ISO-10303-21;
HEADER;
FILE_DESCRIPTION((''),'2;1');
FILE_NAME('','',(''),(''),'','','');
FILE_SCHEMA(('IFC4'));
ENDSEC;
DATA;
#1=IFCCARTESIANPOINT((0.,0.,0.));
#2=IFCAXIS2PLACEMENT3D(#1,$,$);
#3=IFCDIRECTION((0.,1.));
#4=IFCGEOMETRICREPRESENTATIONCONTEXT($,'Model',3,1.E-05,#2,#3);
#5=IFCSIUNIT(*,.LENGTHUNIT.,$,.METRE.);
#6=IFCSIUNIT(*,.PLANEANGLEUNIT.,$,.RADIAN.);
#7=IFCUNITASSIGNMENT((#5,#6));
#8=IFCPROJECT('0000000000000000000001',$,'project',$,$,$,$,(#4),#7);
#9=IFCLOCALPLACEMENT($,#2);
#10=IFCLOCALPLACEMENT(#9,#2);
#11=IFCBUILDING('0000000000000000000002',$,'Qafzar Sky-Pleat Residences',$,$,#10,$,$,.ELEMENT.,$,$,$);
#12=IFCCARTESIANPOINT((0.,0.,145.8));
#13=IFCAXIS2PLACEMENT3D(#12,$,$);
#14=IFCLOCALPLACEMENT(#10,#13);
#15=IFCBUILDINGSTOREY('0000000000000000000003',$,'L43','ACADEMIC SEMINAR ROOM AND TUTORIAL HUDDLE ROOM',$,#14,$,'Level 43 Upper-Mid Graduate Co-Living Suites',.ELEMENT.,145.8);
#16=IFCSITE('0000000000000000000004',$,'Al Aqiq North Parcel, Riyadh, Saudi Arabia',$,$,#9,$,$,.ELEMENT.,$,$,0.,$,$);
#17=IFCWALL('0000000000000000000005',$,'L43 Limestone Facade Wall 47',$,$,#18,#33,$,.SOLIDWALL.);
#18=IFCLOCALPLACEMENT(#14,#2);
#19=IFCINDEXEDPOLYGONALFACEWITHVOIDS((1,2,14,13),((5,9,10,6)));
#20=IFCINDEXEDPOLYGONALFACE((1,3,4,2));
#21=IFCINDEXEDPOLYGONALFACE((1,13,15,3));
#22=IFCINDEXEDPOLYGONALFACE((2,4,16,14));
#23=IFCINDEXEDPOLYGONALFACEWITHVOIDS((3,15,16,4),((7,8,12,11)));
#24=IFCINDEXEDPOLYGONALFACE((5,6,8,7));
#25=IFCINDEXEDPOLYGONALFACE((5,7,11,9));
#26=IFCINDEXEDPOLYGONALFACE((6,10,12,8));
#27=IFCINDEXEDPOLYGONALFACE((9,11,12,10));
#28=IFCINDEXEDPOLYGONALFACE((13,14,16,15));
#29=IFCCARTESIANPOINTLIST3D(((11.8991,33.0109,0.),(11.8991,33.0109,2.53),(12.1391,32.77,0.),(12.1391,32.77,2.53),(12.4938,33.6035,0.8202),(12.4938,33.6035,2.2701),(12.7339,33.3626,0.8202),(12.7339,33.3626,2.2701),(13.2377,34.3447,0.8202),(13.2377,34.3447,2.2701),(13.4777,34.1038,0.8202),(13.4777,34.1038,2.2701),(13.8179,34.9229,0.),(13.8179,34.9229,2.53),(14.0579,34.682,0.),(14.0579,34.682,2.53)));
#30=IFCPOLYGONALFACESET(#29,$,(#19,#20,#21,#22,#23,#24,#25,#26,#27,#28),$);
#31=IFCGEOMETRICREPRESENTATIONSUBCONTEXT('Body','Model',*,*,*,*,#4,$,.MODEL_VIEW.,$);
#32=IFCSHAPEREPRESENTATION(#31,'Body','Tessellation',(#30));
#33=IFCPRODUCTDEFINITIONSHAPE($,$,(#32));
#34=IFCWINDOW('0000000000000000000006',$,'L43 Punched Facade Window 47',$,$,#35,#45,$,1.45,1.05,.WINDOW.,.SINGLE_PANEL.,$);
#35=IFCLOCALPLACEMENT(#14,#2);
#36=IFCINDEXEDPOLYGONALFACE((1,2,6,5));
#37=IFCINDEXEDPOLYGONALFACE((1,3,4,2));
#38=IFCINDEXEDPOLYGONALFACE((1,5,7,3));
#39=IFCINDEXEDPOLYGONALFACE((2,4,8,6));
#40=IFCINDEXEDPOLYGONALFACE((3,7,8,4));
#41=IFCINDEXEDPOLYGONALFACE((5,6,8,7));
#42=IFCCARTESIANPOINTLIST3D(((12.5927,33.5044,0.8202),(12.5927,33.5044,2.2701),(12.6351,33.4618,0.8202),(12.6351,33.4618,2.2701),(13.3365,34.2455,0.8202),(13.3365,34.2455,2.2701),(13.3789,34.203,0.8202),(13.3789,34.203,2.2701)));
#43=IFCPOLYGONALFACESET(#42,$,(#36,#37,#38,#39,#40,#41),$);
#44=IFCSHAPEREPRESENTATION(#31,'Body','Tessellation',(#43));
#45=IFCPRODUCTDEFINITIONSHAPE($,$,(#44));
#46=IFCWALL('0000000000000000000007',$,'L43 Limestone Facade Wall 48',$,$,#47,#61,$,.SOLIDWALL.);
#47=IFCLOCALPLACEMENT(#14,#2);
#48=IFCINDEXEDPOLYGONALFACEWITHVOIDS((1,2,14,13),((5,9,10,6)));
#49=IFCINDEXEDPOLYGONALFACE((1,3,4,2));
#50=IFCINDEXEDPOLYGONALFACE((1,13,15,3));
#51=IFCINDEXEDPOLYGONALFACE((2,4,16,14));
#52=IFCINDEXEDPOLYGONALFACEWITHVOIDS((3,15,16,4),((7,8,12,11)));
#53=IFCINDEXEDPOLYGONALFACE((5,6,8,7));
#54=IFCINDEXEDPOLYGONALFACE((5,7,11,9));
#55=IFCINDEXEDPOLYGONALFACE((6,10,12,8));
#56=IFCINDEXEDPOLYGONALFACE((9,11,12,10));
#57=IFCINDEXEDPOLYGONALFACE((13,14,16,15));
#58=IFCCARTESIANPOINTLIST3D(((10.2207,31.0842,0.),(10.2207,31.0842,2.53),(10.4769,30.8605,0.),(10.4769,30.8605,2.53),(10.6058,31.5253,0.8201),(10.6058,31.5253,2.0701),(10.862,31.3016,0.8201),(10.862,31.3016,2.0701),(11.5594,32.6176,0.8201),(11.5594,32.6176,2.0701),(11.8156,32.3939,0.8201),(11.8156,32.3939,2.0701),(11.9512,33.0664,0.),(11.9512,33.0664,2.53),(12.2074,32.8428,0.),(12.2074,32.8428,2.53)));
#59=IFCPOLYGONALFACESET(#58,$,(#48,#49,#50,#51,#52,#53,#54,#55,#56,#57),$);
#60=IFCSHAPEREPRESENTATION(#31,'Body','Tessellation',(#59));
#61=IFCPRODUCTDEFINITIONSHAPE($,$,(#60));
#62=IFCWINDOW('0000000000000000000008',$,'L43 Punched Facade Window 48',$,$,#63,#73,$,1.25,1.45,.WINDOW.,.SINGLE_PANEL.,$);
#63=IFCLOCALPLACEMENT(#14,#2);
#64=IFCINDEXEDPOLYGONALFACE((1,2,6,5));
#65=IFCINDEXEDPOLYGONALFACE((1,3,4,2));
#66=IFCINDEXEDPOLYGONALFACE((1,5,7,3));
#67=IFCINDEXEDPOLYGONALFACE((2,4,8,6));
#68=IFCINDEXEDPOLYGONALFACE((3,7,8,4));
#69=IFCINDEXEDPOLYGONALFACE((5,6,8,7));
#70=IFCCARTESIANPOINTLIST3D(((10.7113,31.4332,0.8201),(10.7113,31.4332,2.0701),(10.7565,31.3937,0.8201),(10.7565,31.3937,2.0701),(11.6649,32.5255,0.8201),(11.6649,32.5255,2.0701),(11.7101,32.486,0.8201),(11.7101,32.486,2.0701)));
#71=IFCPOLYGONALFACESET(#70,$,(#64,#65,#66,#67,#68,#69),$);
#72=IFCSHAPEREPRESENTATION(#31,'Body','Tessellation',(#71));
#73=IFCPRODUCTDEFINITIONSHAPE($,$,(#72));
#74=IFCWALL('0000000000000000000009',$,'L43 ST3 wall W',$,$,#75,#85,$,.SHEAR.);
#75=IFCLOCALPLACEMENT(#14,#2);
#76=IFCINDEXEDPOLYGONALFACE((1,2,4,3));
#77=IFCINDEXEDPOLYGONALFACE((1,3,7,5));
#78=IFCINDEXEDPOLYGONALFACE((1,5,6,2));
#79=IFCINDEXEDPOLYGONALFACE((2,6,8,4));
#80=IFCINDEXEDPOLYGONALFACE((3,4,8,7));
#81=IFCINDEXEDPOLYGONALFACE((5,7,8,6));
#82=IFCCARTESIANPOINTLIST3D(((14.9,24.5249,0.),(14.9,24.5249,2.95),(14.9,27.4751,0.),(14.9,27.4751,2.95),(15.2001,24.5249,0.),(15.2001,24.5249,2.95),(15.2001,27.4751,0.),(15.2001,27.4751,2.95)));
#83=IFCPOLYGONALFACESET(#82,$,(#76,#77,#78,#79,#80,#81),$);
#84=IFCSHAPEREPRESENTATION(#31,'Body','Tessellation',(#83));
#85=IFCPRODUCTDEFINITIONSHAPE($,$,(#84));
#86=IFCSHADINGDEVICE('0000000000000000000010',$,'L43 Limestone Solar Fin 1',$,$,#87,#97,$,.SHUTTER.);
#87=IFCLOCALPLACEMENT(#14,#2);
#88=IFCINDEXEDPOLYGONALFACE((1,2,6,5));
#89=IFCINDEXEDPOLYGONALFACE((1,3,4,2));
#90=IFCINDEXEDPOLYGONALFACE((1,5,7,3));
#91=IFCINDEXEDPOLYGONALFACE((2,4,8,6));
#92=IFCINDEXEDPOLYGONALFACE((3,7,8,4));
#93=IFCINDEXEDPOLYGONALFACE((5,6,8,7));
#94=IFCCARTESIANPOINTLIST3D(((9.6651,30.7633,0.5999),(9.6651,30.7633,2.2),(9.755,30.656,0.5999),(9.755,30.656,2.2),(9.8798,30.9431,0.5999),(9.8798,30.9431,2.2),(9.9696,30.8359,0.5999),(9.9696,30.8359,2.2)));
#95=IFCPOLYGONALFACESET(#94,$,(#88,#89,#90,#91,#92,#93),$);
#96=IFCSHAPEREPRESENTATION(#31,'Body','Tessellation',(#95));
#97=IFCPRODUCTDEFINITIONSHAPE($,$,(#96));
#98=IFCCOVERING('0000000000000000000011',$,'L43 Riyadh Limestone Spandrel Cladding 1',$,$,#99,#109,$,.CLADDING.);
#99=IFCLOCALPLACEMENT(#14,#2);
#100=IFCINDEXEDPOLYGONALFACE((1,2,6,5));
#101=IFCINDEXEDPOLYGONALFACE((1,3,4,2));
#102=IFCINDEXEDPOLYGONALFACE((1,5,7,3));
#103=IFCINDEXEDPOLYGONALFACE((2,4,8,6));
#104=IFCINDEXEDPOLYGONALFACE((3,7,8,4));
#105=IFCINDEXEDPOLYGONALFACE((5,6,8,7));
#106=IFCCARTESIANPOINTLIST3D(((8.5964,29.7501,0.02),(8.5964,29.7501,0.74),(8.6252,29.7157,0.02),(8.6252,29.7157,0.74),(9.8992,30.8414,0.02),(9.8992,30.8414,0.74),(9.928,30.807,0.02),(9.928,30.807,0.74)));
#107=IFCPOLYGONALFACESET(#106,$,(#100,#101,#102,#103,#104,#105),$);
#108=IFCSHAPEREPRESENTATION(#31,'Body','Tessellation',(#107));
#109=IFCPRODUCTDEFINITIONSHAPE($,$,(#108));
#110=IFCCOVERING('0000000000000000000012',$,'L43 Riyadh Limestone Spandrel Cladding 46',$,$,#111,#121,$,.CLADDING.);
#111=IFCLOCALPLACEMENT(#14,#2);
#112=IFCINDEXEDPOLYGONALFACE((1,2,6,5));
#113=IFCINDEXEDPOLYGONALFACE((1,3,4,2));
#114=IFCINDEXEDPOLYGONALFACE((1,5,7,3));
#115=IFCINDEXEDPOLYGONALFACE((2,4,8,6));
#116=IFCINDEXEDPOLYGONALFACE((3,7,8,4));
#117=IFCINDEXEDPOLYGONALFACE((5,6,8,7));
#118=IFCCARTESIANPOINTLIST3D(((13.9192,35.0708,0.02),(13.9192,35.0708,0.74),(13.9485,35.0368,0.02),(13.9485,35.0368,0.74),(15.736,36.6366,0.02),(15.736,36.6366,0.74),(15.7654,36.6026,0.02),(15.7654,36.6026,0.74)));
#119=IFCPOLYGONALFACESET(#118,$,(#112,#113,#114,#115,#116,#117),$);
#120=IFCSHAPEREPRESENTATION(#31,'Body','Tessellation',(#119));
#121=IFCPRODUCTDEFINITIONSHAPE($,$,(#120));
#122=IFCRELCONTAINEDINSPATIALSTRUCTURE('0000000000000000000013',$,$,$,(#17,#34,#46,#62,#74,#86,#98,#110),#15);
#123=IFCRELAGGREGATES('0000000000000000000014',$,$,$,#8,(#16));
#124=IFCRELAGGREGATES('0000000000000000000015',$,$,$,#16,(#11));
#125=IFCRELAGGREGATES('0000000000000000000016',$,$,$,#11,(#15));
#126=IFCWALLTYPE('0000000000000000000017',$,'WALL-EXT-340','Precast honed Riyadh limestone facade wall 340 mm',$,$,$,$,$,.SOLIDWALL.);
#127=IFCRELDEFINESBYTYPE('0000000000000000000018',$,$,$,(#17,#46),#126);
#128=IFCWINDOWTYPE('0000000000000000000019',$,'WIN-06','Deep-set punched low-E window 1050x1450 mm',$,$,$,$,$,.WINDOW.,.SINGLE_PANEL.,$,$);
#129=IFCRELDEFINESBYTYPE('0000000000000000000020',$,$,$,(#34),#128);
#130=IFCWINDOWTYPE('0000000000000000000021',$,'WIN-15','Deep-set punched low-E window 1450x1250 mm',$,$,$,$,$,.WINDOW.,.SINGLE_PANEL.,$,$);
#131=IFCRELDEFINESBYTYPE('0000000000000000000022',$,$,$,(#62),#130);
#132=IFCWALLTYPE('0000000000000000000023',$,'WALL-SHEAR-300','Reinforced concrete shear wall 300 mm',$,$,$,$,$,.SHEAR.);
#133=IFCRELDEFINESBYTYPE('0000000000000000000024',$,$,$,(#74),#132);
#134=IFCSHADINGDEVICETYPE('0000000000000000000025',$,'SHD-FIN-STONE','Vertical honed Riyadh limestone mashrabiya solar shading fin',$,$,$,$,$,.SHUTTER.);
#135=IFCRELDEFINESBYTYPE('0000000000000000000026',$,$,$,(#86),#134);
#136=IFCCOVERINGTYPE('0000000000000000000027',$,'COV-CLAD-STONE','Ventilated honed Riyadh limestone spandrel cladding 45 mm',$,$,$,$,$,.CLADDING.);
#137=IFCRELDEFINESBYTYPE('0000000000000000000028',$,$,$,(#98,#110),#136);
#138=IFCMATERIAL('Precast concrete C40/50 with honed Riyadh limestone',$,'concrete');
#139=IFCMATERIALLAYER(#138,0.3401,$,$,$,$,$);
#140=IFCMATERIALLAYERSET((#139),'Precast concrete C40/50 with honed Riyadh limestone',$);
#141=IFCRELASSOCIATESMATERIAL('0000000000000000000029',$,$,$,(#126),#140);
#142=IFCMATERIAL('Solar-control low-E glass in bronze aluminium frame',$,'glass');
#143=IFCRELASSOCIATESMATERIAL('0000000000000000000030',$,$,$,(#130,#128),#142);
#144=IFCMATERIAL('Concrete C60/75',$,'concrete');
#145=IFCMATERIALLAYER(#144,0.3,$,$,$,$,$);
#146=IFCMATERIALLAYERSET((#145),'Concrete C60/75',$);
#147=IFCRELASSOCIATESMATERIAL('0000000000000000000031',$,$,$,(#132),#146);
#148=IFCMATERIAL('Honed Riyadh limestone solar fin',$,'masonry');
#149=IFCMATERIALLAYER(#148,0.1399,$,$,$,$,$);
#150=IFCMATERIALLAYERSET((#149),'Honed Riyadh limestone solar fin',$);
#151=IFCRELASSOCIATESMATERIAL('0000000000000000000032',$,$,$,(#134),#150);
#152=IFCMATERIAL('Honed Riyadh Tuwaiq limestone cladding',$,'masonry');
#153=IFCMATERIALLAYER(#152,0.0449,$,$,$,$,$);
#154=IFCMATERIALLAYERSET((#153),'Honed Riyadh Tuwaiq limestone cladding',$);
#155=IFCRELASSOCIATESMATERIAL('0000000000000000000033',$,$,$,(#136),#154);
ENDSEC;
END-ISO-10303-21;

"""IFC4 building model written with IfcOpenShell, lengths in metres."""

from ifc_helpers import new_model, si_unit, direction, frame, frame_2d, origin, origin_2d, place, context, subcontext, project, spatial, rectangle, extrude, source, transform, mapped, material, layer, layer_set, type_object, element, fill, save


model = new_model("IFC4")

# Units and contexts
model_context = context("Model", 3, precision=1e-05, world=origin(), true_north=direction((0.0, 1.0)))
body_context = subcontext(model_context, "Body", "Model", "MODEL_VIEW")
ifc_project = project(units=[si_unit("LENGTHUNIT", "METRE"), si_unit("PLANEANGLEUNIT", "RADIAN")], contexts=[model_context])

# Site, building, storey
site_placement = place(None, origin())
site = spatial("IfcSite", under=ifc_project, at=site_placement, Name="Al Aqiq North Parcel, Riyadh, Saudi Arabia", CompositionType="ELEMENT", RefElevation=0.0)
building_placement = place(site_placement, origin())
building = spatial("IfcBuilding", under=site, at=building_placement, Name="Qafzar Sky-Pleat Residences", CompositionType="ELEMENT")
storey_placement = place(building_placement, frame((0.0, 0.0, 145.8)))
storey = spatial("IfcBuildingStorey", under=building, at=storey_placement, Name="L43", Description="ACADEMIC SEMINAR ROOM AND TUTORIAL HUDDLE ROOM", LongName="Level 43 Upper-Mid Graduate Co-Living Suites", CompositionType="ELEMENT", Elevation=145.8)

# Shared definitions
ifc_material_1 = material(Name="Concrete C60/75", Category="concrete")

# Walls, openings, windows
ifc_material_2 = material(Name="Precast concrete C40/50 with honed Riyadh limestone", Category="concrete")
ifc_layer_1 = layer(ifc_material_2, 0.3401)
ifc_layer_set_1 = layer_set([ifc_layer_1], Name="Precast concrete C40/50 with honed Riyadh limestone")
wall_type_1 = type_object("IfcWallType", Name="WALL-EXT-340", Description="Precast honed Riyadh limestone facade wall 340 mm", PredefinedType="SOLIDWALL", material=ifc_layer_set_1)
ifc_material_3 = material(Name="Solar-control low-E glass in bronze aluminium frame", Category="glass")
window_type_1 = type_object("IfcWindowType", Name="WIN-15", Description="Deep-set punched low-E window 1450x1250 mm", PartitioningType="SINGLE_PANEL", PredefinedType="WINDOW", material=ifc_material_3)
shared_shape_1 = source(origin(), body_context, "Body", "SweptSolid", [
    extrude(rectangle(XDim=1.45, YDim=1.25, at=frame_2d((0.7251, 0.625))), frame((0.0, 0.03, 0.0), z_axis=(0.0, -1.0, 0.0), x_axis=(1.0, 0.0, 0.0)), (0.0, 0.0, 1.0), 0.0601),
])
wall_1_placement = place(storey_placement, frame((13.938, 34.8025, 0.0), z_axis=(0.0, 0.0, 1.0), x_axis=(-0.708368, -0.705844, 0.0)))
wall_1 = element("IfcWall", 1, at=wall_1_placement, inside=storey, type_object=wall_type_1, Name="L43 Limestone Facade Wall 47", PredefinedType="SOLIDWALL", context=body_context, shape_type="SweptSolid", body=[
    extrude(rectangle(XDim=2.7087, YDim=0.3401, at=frame_2d((1.3545, 0.0))), origin(), (0.0, 0.0, 1.0), 2.53),
])
opening_1_placement = place(wall_1_placement, frame((0.8193, 0.0, 0.8201)))
opening_1 = element("IfcOpeningElement", 2, at=opening_1_placement, cuts=wall_1, PredefinedType="OPENING", context=body_context, shape_type="SweptSolid", body=[
    extrude(rectangle(XDim=1.05, YDim=1.45, at=frame_2d((0.5249, 0.7251))), frame((0.0, 0.1802, 0.0), z_axis=(0.0, -1.0, 0.0), x_axis=(1.0, 0.0, 0.0)), (0.0, 0.0, 1.0), 0.3601),
])
window_type_2 = type_object("IfcWindowType", Name="WIN-06", Description="Deep-set punched low-E window 1050x1450 mm", PartitioningType="SINGLE_PANEL", PredefinedType="WINDOW", material=ifc_material_3)
shared_shape_2 = source(origin(), body_context, "Body", "SweptSolid", [
    extrude(rectangle(XDim=1.05, YDim=1.45, at=frame_2d((0.5249, 0.7251))), frame((0.0, 0.03, 0.0), z_axis=(0.0, -1.0, 0.0), x_axis=(1.0, 0.0, 0.0)), (0.0, 0.0, 1.0), 0.0601),
])
window_1_placement = place(opening_1_placement, origin())
window_1 = element("IfcWindow", 3, at=window_1_placement, inside=storey, type_object=window_type_2, Name="L43 Punched Facade Window 47", OverallHeight=1.45, OverallWidth=1.05, PartitioningType="SINGLE_PANEL", PredefinedType="WINDOW", context=body_context, shape_type="MappedRepresentation", body=[
    mapped(shared_shape_2, transform((0.0, 0.0, 0.0), x_axis=(1.0, 0.0, 0.0), y_axis=(0.0, 1.0, 0.0), z_axis=(0.0, 0.0, 1.0), scale=1.0)),
])
fill(opening_1, window_1)
wall_2_placement = place(storey_placement, frame((12.0793, 32.9546, 0.0), z_axis=(0.0, 0.0, 1.0), x_axis=(-0.657657, -0.753318, 0.0)))
wall_2 = element("IfcWall", 4, at=wall_2_placement, inside=storey, type_object=wall_type_1, Name="L43 Limestone Facade Wall 48", PredefinedType="SOLIDWALL", context=body_context, shape_type="SweptSolid", body=[
    extrude(rectangle(XDim=2.6313, YDim=0.3401, at=frame_2d((1.3157, 0.0))), origin(), (0.0, 0.0, 1.0), 2.53),
])
opening_2_placement = place(wall_2_placement, frame((0.5957, 0.0, 0.8201)))
opening_2 = element("IfcOpeningElement", 5, at=opening_2_placement, cuts=wall_2, PredefinedType="OPENING", context=body_context, shape_type="SweptSolid", body=[
    extrude(rectangle(XDim=1.45, YDim=1.25, at=frame_2d((0.7251, 0.625))), frame((0.0, 0.1802, 0.0), z_axis=(0.0, -1.0, 0.0), x_axis=(1.0, 0.0, 0.0)), (0.0, 0.0, 1.0), 0.3601),
])
window_2_placement = place(opening_2_placement, origin())
window_2 = element("IfcWindow", 6, at=window_2_placement, inside=storey, type_object=window_type_1, Name="L43 Punched Facade Window 48", OverallHeight=1.25, OverallWidth=1.45, PartitioningType="SINGLE_PANEL", PredefinedType="WINDOW", context=body_context, shape_type="MappedRepresentation", body=[
    mapped(shared_shape_1, transform((0.0, 0.0, 0.0), x_axis=(1.0, 0.0, 0.0), y_axis=(0.0, 1.0, 0.0), z_axis=(0.0, 0.0, 1.0), scale=1.0)),
])
fill(opening_2, window_2)

# Wall
ifc_layer_2 = layer(ifc_material_1, 0.3)
ifc_layer_set_2 = layer_set([ifc_layer_2], Name="Concrete C60/75")
wall_type_2 = type_object("IfcWallType", Name="WALL-SHEAR-300", Description="Reinforced concrete shear wall 300 mm", PredefinedType="SHEAR", material=ifc_layer_set_2)
wall_3_placement = place(storey_placement, frame((15.05, 27.4751, 0.0), z_axis=(0.0, 0.0, 1.0), x_axis=(0.0, -1.0, 0.0)))
element("IfcWall", 7, at=wall_3_placement, inside=storey, type_object=wall_type_2, Name="L43 ST3 wall W", PredefinedType="SHEAR", context=body_context, shape_type="SweptSolid", body=[
    extrude(rectangle(XDim=2.9502, YDim=0.3, at=frame_2d((1.4751, 0.0))), origin(), (0.0, 0.0, 1.0), 2.95),
])

# Shading device
ifc_material_4 = material(Name="Honed Riyadh limestone solar fin", Category="masonry")
ifc_layer_3 = layer(ifc_material_4, 0.1399)
ifc_layer_set_3 = layer_set([ifc_layer_3], Name="Honed Riyadh limestone solar fin")
shading_device_type = type_object("IfcShadingDeviceType", Name="SHD-FIN-STONE", Description="Vertical honed Riyadh limestone mashrabiya solar shading fin", PredefinedType="SHUTTER", material=ifc_layer_set_3)
shared_shape_3 = source(origin(), body_context, "Body", "SweptSolid", [
    extrude(rectangle(XDim=0.1399, YDim=0.28, at=origin_2d()), origin(), (0.0, 0.0, 1.0), 1.6001),
])
shading_device_placement = place(storey_placement, frame((9.8174, 30.7996, 0.5999), z_axis=(0.0, 0.0, 1.0), x_axis=(-0.642179, 0.766555, 0.0)))
element("IfcShadingDevice", 8, at=shading_device_placement, inside=storey, type_object=shading_device_type, Name="L43 Limestone Solar Fin 1", PredefinedType="SHUTTER", context=body_context, shape_type="MappedRepresentation", body=[
    mapped(shared_shape_3, transform((0.0, 0.0, 0.0), x_axis=(1.0, 0.0, 0.0), y_axis=(0.0, 1.0, 0.0), z_axis=(0.0, 0.0, 1.0), scale=1.0)),
])

# Coverings
ifc_material_5 = material(Name="Honed Riyadh Tuwaiq limestone cladding", Category="masonry")
ifc_layer_4 = layer(ifc_material_5, 0.0449)
ifc_layer_set_4 = layer_set([ifc_layer_4], Name="Honed Riyadh Tuwaiq limestone cladding")
covering_type = type_object("IfcCoveringType", Name="COV-CLAD-STONE", Description="Ventilated honed Riyadh limestone spandrel cladding 45 mm", PredefinedType="CLADDING", material=ifc_layer_set_4)
shared_shape_4 = source(origin(), body_context, "Body", "SweptSolid", [
    extrude(rectangle(XDim=1.6995, YDim=0.0449, at=origin_2d()), origin(), (0.0, 0.0, 1.0), 0.72),
])
covering_1_placement = place(storey_placement, frame((9.2622, 30.2786, 0.02), z_axis=(0.0, 0.0, 1.0), x_axis=(-0.766591, -0.642136, 0.0)))
element("IfcCovering", 9, at=covering_1_placement, inside=storey, type_object=covering_type, Name="L43 Riyadh Limestone Spandrel Cladding 1", PredefinedType="CLADDING", context=body_context, shape_type="MappedRepresentation", body=[
    mapped(shared_shape_4, transform((0.0, 0.0, 0.0), x_axis=(1.0, 0.0, 0.0), y_axis=(0.0, 1.0, 0.0), z_axis=(0.0, 0.0, 1.0), scale=1.0)),
])
shared_shape_5 = source(origin(), body_context, "Body", "SweptSolid", [
    extrude(rectangle(XDim=2.3984, YDim=0.0449, at=origin_2d()), origin(), (0.0, 0.0, 1.0), 0.72),
])
covering_2_placement = place(storey_placement, frame((14.8423, 35.8367, 0.02), z_axis=(0.0, 0.0, 1.0), x_axis=(-0.757495, -0.652841, 0.0)))
element("IfcCovering", 10, at=covering_2_placement, inside=storey, type_object=covering_type, Name="L43 Riyadh Limestone Spandrel Cladding 46", PredefinedType="CLADDING", context=body_context, shape_type="MappedRepresentation", body=[
    mapped(shared_shape_5, transform((0.0, 0.0, 0.0), x_axis=(1.0, 0.0, 0.0), y_axis=(0.0, 1.0, 0.0), z_axis=(0.0, 0.0, 1.0), scale=1.0)),
])

save(model, "model.ifc")
